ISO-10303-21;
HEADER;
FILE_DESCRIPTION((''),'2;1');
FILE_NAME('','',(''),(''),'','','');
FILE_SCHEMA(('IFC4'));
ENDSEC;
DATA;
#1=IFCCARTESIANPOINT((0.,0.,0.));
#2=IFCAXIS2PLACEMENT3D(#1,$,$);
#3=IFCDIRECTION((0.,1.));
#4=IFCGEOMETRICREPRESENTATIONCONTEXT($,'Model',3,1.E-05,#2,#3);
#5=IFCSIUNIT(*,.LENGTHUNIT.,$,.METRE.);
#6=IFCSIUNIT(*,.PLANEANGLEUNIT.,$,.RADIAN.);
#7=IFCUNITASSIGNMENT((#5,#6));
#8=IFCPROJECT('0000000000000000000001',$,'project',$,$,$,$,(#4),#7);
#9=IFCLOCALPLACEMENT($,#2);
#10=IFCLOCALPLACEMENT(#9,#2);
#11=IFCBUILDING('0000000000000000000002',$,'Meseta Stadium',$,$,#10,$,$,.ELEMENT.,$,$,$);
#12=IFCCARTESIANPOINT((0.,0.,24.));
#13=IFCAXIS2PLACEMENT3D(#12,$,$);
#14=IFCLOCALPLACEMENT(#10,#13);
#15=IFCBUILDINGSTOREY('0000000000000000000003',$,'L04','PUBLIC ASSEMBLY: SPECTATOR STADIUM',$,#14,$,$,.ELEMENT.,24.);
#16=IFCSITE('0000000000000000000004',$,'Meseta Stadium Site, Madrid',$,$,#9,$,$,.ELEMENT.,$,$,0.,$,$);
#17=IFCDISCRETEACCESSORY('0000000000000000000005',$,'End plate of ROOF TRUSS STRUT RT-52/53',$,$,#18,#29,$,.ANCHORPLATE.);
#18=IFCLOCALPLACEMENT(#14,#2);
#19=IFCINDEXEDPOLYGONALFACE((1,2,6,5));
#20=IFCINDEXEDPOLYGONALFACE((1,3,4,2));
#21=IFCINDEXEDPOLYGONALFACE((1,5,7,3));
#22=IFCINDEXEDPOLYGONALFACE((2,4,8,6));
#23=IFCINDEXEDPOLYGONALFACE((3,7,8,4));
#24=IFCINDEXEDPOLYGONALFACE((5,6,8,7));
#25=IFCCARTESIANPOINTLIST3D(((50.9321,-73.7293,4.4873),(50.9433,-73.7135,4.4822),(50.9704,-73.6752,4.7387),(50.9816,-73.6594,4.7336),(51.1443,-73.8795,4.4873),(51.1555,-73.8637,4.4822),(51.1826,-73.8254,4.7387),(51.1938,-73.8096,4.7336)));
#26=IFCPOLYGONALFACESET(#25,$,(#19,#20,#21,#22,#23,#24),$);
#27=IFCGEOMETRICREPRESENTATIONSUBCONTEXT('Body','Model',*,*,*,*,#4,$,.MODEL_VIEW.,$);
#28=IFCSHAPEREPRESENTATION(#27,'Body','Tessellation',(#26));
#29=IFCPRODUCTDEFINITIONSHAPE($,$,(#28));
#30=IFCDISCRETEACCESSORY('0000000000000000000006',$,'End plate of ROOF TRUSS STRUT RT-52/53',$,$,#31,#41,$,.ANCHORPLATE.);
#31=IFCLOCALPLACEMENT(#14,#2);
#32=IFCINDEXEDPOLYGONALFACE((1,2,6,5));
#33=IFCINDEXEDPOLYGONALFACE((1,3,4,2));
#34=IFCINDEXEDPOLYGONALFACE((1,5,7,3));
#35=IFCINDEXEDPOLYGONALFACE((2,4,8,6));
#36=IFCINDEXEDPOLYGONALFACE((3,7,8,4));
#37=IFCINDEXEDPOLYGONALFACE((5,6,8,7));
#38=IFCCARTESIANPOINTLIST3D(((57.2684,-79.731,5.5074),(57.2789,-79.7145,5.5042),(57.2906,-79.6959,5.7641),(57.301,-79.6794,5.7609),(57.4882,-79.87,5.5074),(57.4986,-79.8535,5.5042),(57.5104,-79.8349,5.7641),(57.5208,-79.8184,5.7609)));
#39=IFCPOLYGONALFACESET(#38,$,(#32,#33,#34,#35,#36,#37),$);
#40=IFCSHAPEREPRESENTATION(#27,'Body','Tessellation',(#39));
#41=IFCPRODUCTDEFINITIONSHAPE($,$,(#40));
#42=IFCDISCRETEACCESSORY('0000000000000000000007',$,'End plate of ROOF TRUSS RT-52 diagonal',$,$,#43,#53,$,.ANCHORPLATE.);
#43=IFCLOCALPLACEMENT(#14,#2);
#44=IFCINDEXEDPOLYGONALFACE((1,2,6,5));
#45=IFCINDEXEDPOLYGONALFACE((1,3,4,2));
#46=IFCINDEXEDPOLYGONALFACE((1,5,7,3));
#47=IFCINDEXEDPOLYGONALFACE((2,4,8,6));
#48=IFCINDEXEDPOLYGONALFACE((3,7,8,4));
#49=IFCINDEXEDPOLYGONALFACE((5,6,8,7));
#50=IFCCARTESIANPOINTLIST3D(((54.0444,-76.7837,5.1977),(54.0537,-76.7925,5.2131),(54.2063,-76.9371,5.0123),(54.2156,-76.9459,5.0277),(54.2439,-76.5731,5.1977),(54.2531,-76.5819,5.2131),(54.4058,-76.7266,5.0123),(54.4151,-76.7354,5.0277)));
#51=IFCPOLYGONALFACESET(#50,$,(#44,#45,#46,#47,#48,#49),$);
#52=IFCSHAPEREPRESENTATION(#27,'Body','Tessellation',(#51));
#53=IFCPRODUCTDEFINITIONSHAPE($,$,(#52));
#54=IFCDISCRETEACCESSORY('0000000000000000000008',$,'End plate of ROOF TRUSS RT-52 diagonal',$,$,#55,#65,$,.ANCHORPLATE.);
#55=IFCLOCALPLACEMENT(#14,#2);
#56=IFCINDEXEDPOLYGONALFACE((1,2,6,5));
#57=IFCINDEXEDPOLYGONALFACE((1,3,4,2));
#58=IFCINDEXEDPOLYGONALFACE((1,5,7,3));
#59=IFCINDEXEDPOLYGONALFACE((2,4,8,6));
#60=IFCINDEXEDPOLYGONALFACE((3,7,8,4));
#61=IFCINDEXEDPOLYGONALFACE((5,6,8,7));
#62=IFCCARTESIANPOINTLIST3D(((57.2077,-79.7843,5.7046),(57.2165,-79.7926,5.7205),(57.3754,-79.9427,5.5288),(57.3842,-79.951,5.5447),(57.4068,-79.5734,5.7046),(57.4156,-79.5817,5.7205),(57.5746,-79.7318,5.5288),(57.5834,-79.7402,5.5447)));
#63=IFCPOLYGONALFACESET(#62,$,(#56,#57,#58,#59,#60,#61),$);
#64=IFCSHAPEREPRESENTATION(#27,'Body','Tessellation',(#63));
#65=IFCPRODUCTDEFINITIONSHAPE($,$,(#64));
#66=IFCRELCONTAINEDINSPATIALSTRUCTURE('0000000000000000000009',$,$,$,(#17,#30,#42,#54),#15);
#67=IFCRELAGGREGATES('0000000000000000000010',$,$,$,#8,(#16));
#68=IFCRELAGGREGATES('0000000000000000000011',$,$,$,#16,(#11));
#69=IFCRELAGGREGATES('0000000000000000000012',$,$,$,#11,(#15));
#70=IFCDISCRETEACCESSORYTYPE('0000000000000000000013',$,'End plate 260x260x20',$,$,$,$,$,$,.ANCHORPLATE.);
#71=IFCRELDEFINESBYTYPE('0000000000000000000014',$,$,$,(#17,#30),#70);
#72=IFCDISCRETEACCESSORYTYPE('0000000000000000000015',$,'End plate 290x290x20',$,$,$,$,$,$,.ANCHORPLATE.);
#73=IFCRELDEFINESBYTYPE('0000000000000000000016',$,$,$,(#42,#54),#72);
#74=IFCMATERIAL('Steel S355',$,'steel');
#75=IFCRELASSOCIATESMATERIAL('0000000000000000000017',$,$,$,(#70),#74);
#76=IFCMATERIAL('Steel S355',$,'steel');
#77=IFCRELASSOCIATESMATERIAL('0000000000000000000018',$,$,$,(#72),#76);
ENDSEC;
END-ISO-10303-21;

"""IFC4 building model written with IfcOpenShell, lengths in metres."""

from ifc_helpers import new_model, si_unit, direction, frame, origin, origin_2d, place, context, subcontext, project, spatial, rectangle, extrude, material, material_profile, profile_set, type_object, element, save


model = new_model("IFC4")

# Units and contexts
model_context = context("Model", 3, precision=1e-05, world=origin(), true_north=direction((0.0, 1.0)))
body_context = subcontext(model_context, "Body", "Model", "MODEL_VIEW")
ifc_project = project(units=[si_unit("LENGTHUNIT", "METRE"), si_unit("PLANEANGLEUNIT", "RADIAN")], contexts=[model_context])

# Site, building, storey
site_placement = place(None, origin())
site = spatial("IfcSite", under=ifc_project, at=site_placement, Name="Meseta Stadium Site, Madrid", CompositionType="ELEMENT", RefElevation=0.0)
building_placement = place(site_placement, origin())
building = spatial("IfcBuilding", under=site, at=building_placement, Name="Meseta Stadium", CompositionType="ELEMENT")
storey_placement = place(building_placement, frame((0.0, 0.0, 24.0)))
storey = spatial("IfcBuildingStorey", under=building, at=storey_placement, Name="L04", Description="PUBLIC ASSEMBLY: SPECTATOR STADIUM", CompositionType="ELEMENT", Elevation=24.0)

# Discrete accessories
ifc_material_1 = material(Name="Steel S355", Category="steel")
ifc_material_profile_1 = material_profile(ifc_material_1, rectangle(XDim=0.26, YDim=0.26, at=origin_2d()), Name="PL 260x260")
ifc_profile_set_1 = profile_set([ifc_material_profile_1], Name="Steel S355")
discrete_accessory_type_1 = type_object("IfcDiscreteAccessoryType", Name="End plate 260x260x20", PredefinedType="ANCHORPLATE", material=ifc_profile_set_1)
for number, where, z_axis, x_axis, name in (
    (1, (51.0574, -73.7773, 4.613), (0.558572, 0.789286, -0.255), (-0.816271, 0.577669, 0.0), "End plate of ROOF TRUSS STRUT RT-52/53"),
):
    element("IfcDiscreteAccessory", number, at=place(storey_placement, frame(where, z_axis=z_axis, x_axis=x_axis)), inside=storey, type_object=discrete_accessory_type_1, Name=name, PredefinedType="ANCHORPLATE", context=body_context, shape_type="SweptSolid", body=[
        extrude(rectangle(XDim=0.26, YDim=0.26, at=origin_2d()), origin(), (0.0, 0.0, 1.0), 0.02),
    ])
discrete_accessory_1_placement = place(storey_placement, frame((57.3894, -79.783, 5.6357), z_axis=(0.527617, 0.834372, -0.159512), x_axis=(-0.845193, 0.534461, 0.0)))
element("IfcDiscreteAccessory", 2, at=discrete_accessory_1_placement, inside=storey, type_object=discrete_accessory_type_1, Name="End plate of ROOF TRUSS STRUT RT-52/53", PredefinedType="ANCHORPLATE", context=body_context, shape_type="SweptSolid", body=[
    extrude(rectangle(XDim=0.26, YDim=0.26, at=origin_2d()), origin(), (0.0, 0.0, 1.0), 0.0198),
])
ifc_material_2 = material(Name="Steel S355", Category="steel")
ifc_material_profile_2 = material_profile(ifc_material_2, rectangle(XDim=0.29, YDim=0.29, at=origin_2d()), Name="PL 290x290")
ifc_profile_set_2 = profile_set([ifc_material_profile_2], Name="Steel S355")
discrete_accessory_type_2 = type_object("IfcDiscreteAccessoryType", Name="End plate 290x290x20", PredefinedType="ANCHORPLATE", material=ifc_profile_set_2)
for number, where, z_axis, x_axis, name in (
    (3, (54.2251, -76.7551, 5.105), (0.463932, -0.439515, 0.769151), (0.687745, 0.725953, 0.0), "End plate of ROOF TRUSS RT-52 diagonal"),
    (4, (57.3911, -79.7581, 5.6167), (0.440567, -0.416091, 0.795468), (0.686624, 0.727013, 0.0), "End plate of ROOF TRUSS RT-52 diagonal"),
):
    element("IfcDiscreteAccessory", number, at=place(storey_placement, frame(where, z_axis=z_axis, x_axis=x_axis)), inside=storey, type_object=discrete_accessory_type_2, Name=name, PredefinedType="ANCHORPLATE", context=body_context, shape_type="SweptSolid", body=[
        extrude(rectangle(XDim=0.29, YDim=0.29, at=origin_2d()), origin(), (0.0, 0.0, 1.0), 0.02),
    ])

save(model, "model.ifc")
